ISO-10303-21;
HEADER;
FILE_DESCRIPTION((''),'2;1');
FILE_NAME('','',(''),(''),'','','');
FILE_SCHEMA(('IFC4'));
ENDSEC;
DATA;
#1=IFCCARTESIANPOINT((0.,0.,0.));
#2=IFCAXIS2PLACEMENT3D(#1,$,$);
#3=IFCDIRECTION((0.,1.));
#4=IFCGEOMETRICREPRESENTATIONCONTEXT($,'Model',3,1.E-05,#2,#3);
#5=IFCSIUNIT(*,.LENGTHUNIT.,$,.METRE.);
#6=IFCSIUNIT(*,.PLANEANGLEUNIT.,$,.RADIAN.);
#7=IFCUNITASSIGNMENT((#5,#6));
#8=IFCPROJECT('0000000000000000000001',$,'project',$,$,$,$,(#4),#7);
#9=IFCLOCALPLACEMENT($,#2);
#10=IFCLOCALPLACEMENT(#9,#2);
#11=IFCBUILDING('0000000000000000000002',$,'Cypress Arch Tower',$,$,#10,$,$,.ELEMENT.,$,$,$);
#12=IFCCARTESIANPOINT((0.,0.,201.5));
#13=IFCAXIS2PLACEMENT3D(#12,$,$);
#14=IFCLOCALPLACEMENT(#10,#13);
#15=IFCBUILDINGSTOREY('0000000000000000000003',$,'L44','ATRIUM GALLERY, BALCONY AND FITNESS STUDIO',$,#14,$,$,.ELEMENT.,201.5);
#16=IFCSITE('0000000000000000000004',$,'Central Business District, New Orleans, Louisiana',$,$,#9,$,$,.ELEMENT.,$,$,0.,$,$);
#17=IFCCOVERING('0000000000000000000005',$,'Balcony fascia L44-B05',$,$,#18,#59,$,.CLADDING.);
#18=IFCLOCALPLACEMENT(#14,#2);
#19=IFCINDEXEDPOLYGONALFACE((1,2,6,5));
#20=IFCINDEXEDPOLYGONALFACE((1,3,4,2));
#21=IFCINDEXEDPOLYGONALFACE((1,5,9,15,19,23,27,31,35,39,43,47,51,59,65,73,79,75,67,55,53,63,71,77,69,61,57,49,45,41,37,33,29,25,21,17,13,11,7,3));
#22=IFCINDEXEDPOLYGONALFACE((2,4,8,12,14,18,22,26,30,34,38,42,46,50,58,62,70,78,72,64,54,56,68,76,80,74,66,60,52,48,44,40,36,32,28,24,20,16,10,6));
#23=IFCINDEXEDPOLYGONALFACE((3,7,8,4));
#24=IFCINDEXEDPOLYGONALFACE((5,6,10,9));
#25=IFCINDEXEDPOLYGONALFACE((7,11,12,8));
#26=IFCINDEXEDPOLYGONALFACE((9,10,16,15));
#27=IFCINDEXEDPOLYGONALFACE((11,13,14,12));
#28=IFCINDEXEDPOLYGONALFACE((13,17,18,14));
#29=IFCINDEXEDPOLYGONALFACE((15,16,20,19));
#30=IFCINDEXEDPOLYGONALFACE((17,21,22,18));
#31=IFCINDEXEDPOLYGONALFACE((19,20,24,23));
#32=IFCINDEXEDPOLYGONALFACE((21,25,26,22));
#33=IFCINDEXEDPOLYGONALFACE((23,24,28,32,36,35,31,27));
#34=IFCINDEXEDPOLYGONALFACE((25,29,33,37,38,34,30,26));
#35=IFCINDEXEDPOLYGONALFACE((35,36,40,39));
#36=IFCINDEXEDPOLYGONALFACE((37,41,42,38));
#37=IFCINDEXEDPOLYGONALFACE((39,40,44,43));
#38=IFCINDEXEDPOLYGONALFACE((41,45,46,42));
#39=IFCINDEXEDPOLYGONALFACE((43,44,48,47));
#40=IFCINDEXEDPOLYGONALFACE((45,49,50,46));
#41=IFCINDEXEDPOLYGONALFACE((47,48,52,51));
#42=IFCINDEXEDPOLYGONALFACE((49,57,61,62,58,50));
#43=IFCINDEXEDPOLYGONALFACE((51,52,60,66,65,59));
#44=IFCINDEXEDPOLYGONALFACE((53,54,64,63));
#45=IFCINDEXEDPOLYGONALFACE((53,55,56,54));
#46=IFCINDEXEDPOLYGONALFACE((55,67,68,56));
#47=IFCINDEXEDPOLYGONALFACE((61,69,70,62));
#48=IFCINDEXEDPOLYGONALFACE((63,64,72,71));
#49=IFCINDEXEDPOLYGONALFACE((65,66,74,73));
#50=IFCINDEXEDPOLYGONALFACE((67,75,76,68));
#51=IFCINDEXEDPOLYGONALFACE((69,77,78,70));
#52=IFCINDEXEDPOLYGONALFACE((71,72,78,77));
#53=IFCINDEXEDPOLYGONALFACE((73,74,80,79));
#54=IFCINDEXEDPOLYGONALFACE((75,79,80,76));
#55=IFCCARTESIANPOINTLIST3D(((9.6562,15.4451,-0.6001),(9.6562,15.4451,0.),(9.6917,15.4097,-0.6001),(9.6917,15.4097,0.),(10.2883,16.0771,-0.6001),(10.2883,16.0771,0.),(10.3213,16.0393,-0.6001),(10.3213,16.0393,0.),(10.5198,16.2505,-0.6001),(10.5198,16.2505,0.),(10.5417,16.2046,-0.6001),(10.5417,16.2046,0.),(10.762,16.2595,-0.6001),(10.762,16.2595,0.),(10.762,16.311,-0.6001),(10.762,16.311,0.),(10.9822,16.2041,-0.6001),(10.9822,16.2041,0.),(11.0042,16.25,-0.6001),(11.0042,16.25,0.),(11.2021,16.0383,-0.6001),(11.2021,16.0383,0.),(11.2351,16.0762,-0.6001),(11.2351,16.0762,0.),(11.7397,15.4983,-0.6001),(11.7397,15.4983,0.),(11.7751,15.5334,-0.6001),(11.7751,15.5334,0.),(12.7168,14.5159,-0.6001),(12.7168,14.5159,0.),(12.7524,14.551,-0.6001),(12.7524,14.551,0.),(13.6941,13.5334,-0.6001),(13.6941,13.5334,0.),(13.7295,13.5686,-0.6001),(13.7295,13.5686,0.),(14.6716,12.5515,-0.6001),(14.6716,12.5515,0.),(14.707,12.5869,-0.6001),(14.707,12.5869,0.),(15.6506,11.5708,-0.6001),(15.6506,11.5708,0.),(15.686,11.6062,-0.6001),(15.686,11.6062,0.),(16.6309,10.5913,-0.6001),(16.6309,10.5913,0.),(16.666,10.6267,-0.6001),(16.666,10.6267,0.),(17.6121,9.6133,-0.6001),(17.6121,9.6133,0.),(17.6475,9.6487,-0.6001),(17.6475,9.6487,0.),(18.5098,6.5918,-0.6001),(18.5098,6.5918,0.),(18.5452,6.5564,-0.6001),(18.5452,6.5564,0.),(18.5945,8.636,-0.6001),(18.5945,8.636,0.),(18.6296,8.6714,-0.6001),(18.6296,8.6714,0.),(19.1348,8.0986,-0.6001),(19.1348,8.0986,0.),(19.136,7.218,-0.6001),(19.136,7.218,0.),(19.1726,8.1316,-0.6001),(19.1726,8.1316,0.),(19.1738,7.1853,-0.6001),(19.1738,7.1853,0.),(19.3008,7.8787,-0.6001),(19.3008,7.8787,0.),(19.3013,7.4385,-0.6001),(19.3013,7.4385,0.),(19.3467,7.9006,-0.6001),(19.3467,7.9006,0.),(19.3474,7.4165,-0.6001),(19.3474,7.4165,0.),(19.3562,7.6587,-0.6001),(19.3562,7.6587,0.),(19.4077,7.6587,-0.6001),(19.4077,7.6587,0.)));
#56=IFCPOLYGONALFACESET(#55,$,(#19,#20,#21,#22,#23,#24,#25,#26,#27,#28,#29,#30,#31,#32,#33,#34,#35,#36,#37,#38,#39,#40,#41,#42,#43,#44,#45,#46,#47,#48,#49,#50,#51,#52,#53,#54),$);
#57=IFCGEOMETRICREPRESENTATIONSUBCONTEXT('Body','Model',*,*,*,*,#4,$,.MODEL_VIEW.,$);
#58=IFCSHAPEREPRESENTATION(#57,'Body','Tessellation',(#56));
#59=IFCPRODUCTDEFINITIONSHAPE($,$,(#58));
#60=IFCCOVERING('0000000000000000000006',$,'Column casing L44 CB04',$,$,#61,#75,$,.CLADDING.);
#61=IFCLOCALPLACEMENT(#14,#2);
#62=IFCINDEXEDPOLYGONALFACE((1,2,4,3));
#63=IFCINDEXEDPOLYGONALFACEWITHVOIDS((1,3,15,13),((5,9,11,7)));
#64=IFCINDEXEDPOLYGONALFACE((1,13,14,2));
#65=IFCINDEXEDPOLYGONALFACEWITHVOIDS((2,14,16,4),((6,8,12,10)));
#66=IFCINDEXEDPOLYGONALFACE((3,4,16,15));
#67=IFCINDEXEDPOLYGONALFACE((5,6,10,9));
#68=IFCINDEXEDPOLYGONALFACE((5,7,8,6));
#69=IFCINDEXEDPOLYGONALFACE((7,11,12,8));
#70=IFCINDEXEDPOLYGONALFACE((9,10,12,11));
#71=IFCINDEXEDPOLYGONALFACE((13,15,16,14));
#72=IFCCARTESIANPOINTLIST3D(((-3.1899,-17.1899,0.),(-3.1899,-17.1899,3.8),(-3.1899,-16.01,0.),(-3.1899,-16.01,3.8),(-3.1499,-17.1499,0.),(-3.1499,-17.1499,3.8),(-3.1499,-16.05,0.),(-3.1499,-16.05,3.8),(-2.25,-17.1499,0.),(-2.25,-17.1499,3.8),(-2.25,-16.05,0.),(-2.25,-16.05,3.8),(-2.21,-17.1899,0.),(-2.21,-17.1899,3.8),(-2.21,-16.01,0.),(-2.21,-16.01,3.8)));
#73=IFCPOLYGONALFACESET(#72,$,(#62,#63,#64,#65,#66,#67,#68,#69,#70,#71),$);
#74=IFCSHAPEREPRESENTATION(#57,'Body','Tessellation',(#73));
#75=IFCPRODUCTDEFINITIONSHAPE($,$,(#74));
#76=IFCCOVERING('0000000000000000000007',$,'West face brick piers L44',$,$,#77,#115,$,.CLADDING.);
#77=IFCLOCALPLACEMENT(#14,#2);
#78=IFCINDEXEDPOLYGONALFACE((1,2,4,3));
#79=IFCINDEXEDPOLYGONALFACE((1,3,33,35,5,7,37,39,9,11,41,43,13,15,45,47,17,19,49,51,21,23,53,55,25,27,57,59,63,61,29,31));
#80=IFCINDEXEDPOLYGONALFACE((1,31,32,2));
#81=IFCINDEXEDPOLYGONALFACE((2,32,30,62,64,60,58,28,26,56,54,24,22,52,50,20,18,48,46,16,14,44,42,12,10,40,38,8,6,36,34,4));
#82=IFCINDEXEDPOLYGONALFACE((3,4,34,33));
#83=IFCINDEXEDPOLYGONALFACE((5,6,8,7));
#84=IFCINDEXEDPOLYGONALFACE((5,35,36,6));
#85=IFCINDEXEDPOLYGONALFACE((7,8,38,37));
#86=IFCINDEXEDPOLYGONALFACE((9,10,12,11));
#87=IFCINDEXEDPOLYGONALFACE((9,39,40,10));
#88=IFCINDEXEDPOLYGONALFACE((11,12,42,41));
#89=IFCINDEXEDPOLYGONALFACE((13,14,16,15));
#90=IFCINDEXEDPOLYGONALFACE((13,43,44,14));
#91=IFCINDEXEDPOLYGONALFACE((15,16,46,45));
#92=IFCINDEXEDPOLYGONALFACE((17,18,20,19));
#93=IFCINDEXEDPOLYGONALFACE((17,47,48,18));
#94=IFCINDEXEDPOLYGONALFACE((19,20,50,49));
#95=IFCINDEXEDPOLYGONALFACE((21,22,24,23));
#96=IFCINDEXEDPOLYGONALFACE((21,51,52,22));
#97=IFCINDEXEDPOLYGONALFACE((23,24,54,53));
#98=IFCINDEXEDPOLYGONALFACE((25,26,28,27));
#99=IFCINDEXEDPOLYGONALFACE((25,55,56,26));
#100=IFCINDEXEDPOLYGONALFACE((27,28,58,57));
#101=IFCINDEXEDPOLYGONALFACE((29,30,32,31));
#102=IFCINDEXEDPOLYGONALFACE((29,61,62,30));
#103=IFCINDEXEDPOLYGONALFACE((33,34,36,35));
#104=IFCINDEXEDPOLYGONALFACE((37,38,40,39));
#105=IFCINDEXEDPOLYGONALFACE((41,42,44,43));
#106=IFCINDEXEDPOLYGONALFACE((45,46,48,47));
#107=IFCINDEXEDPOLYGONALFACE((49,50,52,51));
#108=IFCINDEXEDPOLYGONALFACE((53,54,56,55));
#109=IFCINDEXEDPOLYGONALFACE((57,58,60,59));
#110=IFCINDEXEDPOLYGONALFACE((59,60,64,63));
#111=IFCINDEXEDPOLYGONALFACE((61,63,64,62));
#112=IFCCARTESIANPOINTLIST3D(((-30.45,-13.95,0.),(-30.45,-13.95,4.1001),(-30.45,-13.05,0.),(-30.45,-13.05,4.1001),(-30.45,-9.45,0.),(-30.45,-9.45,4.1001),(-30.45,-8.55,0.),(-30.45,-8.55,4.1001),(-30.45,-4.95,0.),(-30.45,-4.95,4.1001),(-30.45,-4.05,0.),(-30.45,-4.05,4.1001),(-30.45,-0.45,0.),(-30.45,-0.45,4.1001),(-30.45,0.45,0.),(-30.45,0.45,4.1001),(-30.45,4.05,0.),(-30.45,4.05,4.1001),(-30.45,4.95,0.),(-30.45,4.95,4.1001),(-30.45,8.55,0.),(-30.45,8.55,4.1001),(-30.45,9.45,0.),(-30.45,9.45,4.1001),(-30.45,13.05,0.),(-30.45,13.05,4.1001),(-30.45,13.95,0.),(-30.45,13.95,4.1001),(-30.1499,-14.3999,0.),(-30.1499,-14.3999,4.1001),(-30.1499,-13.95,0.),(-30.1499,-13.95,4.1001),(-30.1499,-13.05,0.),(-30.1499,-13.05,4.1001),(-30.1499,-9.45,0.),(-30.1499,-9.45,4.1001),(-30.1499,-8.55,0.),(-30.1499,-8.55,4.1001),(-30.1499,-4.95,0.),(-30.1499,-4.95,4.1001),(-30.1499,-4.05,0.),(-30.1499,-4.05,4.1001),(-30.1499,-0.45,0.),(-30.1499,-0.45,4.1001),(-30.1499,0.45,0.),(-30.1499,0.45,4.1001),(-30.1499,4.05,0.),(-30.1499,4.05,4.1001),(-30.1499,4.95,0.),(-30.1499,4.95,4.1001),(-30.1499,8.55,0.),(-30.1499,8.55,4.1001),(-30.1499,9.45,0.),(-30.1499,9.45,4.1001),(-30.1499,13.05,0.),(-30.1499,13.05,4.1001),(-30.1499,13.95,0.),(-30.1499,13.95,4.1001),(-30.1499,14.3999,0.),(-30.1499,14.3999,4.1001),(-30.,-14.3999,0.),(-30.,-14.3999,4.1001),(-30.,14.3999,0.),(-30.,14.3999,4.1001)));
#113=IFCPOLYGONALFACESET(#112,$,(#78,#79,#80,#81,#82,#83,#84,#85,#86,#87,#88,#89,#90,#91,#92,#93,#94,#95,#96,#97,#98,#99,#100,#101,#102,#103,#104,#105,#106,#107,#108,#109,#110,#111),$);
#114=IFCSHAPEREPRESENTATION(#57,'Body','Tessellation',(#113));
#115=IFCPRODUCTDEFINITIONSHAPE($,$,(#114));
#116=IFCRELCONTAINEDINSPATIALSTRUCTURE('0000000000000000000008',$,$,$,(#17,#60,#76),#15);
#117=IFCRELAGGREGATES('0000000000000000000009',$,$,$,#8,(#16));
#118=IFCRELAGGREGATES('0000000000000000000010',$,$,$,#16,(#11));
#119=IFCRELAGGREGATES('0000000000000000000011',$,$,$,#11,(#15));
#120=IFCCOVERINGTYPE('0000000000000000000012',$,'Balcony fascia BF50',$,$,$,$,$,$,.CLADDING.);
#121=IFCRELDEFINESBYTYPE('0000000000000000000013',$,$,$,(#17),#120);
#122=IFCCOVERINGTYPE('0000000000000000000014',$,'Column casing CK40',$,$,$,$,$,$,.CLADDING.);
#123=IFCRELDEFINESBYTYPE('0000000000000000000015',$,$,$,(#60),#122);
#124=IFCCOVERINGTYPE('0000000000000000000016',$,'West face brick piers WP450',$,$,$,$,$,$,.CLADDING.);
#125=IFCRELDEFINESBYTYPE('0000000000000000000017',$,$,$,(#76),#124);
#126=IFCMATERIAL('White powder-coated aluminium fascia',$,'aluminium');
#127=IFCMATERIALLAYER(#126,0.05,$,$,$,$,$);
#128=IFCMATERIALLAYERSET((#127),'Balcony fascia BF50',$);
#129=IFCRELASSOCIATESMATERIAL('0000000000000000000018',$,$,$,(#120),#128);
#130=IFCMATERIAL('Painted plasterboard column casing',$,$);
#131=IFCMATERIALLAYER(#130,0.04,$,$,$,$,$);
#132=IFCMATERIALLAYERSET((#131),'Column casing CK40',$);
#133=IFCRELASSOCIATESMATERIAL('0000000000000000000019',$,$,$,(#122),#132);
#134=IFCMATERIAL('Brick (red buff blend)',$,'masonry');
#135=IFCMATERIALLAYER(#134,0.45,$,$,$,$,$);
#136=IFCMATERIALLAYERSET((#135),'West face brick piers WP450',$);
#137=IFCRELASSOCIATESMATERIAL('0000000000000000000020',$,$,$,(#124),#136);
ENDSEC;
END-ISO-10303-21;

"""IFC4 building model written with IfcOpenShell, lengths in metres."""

from ifc_helpers import new_model, si_unit, direction, frame, origin, place, context, subcontext, project, spatial, polyline, outline, extrude, material, layer, layer_set, type_object, element, save


model = new_model("IFC4")

# Units and contexts
model_context = context("Model", 3, precision=1e-05, world=origin(), true_north=direction((0.0, 1.0)))
body_context = subcontext(model_context, "Body", "Model", "MODEL_VIEW")
ifc_project = project(units=[si_unit("LENGTHUNIT", "METRE"), si_unit("PLANEANGLEUNIT", "RADIAN")], contexts=[model_context])

# Site, building, storey
site_placement = place(None, origin())
site = spatial("IfcSite", under=ifc_project, at=site_placement, Name="Central Business District, New Orleans, Louisiana", CompositionType="ELEMENT", RefElevation=0.0)
building_placement = place(site_placement, origin())
building = spatial("IfcBuilding", under=site, at=building_placement, Name="Cypress Arch Tower", CompositionType="ELEMENT")
storey_placement = place(building_placement, frame((0.0, 0.0, 201.5)))
storey = spatial("IfcBuildingStorey", under=building, at=storey_placement, Name="L44", Description="ATRIUM GALLERY, BALCONY AND FITNESS STUDIO", CompositionType="ELEMENT", Elevation=201.5)

# Coverings
ifc_material_1 = material(Name="White powder-coated aluminium fascia", Category="aluminium")
ifc_layer_1 = layer(ifc_material_1, 0.05)
ifc_layer_set_1 = layer_set([ifc_layer_1], Name="Balcony fascia BF50")
covering_type_1 = type_object("IfcCoveringType", Name="Balcony fascia BF50", PredefinedType="CLADDING", material=ifc_layer_set_1)
covering_1_placement = place(storey_placement, frame((0.0, 0.0, -0.6001)))
element("IfcCovering", 1, at=covering_1_placement, inside=storey, type_object=covering_type_1, Name="Balcony fascia L44-B05", PredefinedType="CLADDING", context=body_context, shape_type="SweptSolid", body=[
    extrude(outline(polyline([(10.2883, 16.0771), (10.5198, 16.2505), (10.762, 16.311), (11.0042, 16.25), (11.2351, 16.0762), (11.7751, 15.5334), (12.7524, 14.551), (13.7295, 13.5686), (14.707, 12.5869), (15.686, 11.6062), (16.666, 10.6267), (17.6475, 9.6487), (18.6296, 8.6714), (19.1726, 8.1316), (19.3467, 7.9006), (19.4077, 7.6587), (19.3474, 7.4165), (19.1738, 7.1853), (18.5452, 6.5564), (18.5098, 6.5918), (19.136, 7.218), (19.3013, 7.4385), (19.3562, 7.6587), (19.3008, 7.8787), (19.1348, 8.0986), (18.5945, 8.636), (17.6121, 9.6133), (16.6309, 10.5913), (15.6506, 11.5708), (14.6716, 12.5515), (13.6941, 13.5334), (12.7168, 14.5159), (11.7397, 15.4983), (11.2021, 16.0383), (10.9822, 16.2041), (10.762, 16.2595), (10.5417, 16.2046), (10.3213, 16.0393), (9.6917, 15.4097), (9.6562, 15.4451), (10.2883, 16.0771)])), origin(), (0.0, 0.0, 1.0), 0.6001),
])
ifc_material_2 = material(Name="Painted plasterboard column casing")
ifc_layer_2 = layer(ifc_material_2, 0.04)
ifc_layer_set_2 = layer_set([ifc_layer_2], Name="Column casing CK40")
covering_type_2 = type_object("IfcCoveringType", Name="Column casing CK40", PredefinedType="CLADDING", material=ifc_layer_set_2)
covering_2_placement = place(storey_placement, origin())
element("IfcCovering", 2, at=covering_2_placement, inside=storey, type_object=covering_type_2, Name="Column casing L44 CB04", PredefinedType="CLADDING", context=body_context, shape_type="SweptSolid", body=[
    extrude(outline(polyline([(-3.1899, -17.1899), (-3.1899, -16.01), (-2.21, -16.01), (-2.21, -17.1899), (-3.1899, -17.1899)]), holes=[polyline([(-3.1499, -17.1499), (-2.25, -17.1499), (-2.25, -16.05), (-3.1499, -16.05), (-3.1499, -17.1499)])]), origin(), (0.0, 0.0, 1.0), 3.8),
])
ifc_material_3 = material(Name="Brick (red buff blend)", Category="masonry")
ifc_layer_3 = layer(ifc_material_3, 0.45)
ifc_layer_set_3 = layer_set([ifc_layer_3], Name="West face brick piers WP450")
covering_type_3 = type_object("IfcCoveringType", Name="West face brick piers WP450", PredefinedType="CLADDING", material=ifc_layer_set_3)
covering_3_placement = place(storey_placement, origin())
element("IfcCovering", 3, at=covering_3_placement, inside=storey, type_object=covering_type_3, Name="West face brick piers L44", PredefinedType="CLADDING", context=body_context, shape_type="SweptSolid", body=[
    extrude(outline(polyline([(-30.1499, -13.05), (-30.1499, -9.45), (-30.45, -9.45), (-30.45, -8.55), (-30.1499, -8.55), (-30.1499, -4.95), (-30.45, -4.95), (-30.45, -4.05), (-30.1499, -4.05), (-30.1499, -0.45), (-30.45, -0.45), (-30.45, 0.45), (-30.1499, 0.45), (-30.1499, 4.05), (-30.45, 4.05), (-30.45, 4.95), (-30.1499, 4.95), (-30.1499, 8.55), (-30.45, 8.55), (-30.45, 9.45), (-30.1499, 9.45), (-30.1499, 13.05), (-30.45, 13.05), (-30.45, 13.95), (-30.1499, 13.95), (-30.1499, 14.3999), (-30.0, 14.3999), (-30.0, -14.3999), (-30.1499, -14.3999), (-30.1499, -13.95), (-30.45, -13.95), (-30.45, -13.05), (-30.1499, -13.05)])), origin(), (0.0, 0.0, 1.0), 4.1001),
])

save(model, "model.ifc")
